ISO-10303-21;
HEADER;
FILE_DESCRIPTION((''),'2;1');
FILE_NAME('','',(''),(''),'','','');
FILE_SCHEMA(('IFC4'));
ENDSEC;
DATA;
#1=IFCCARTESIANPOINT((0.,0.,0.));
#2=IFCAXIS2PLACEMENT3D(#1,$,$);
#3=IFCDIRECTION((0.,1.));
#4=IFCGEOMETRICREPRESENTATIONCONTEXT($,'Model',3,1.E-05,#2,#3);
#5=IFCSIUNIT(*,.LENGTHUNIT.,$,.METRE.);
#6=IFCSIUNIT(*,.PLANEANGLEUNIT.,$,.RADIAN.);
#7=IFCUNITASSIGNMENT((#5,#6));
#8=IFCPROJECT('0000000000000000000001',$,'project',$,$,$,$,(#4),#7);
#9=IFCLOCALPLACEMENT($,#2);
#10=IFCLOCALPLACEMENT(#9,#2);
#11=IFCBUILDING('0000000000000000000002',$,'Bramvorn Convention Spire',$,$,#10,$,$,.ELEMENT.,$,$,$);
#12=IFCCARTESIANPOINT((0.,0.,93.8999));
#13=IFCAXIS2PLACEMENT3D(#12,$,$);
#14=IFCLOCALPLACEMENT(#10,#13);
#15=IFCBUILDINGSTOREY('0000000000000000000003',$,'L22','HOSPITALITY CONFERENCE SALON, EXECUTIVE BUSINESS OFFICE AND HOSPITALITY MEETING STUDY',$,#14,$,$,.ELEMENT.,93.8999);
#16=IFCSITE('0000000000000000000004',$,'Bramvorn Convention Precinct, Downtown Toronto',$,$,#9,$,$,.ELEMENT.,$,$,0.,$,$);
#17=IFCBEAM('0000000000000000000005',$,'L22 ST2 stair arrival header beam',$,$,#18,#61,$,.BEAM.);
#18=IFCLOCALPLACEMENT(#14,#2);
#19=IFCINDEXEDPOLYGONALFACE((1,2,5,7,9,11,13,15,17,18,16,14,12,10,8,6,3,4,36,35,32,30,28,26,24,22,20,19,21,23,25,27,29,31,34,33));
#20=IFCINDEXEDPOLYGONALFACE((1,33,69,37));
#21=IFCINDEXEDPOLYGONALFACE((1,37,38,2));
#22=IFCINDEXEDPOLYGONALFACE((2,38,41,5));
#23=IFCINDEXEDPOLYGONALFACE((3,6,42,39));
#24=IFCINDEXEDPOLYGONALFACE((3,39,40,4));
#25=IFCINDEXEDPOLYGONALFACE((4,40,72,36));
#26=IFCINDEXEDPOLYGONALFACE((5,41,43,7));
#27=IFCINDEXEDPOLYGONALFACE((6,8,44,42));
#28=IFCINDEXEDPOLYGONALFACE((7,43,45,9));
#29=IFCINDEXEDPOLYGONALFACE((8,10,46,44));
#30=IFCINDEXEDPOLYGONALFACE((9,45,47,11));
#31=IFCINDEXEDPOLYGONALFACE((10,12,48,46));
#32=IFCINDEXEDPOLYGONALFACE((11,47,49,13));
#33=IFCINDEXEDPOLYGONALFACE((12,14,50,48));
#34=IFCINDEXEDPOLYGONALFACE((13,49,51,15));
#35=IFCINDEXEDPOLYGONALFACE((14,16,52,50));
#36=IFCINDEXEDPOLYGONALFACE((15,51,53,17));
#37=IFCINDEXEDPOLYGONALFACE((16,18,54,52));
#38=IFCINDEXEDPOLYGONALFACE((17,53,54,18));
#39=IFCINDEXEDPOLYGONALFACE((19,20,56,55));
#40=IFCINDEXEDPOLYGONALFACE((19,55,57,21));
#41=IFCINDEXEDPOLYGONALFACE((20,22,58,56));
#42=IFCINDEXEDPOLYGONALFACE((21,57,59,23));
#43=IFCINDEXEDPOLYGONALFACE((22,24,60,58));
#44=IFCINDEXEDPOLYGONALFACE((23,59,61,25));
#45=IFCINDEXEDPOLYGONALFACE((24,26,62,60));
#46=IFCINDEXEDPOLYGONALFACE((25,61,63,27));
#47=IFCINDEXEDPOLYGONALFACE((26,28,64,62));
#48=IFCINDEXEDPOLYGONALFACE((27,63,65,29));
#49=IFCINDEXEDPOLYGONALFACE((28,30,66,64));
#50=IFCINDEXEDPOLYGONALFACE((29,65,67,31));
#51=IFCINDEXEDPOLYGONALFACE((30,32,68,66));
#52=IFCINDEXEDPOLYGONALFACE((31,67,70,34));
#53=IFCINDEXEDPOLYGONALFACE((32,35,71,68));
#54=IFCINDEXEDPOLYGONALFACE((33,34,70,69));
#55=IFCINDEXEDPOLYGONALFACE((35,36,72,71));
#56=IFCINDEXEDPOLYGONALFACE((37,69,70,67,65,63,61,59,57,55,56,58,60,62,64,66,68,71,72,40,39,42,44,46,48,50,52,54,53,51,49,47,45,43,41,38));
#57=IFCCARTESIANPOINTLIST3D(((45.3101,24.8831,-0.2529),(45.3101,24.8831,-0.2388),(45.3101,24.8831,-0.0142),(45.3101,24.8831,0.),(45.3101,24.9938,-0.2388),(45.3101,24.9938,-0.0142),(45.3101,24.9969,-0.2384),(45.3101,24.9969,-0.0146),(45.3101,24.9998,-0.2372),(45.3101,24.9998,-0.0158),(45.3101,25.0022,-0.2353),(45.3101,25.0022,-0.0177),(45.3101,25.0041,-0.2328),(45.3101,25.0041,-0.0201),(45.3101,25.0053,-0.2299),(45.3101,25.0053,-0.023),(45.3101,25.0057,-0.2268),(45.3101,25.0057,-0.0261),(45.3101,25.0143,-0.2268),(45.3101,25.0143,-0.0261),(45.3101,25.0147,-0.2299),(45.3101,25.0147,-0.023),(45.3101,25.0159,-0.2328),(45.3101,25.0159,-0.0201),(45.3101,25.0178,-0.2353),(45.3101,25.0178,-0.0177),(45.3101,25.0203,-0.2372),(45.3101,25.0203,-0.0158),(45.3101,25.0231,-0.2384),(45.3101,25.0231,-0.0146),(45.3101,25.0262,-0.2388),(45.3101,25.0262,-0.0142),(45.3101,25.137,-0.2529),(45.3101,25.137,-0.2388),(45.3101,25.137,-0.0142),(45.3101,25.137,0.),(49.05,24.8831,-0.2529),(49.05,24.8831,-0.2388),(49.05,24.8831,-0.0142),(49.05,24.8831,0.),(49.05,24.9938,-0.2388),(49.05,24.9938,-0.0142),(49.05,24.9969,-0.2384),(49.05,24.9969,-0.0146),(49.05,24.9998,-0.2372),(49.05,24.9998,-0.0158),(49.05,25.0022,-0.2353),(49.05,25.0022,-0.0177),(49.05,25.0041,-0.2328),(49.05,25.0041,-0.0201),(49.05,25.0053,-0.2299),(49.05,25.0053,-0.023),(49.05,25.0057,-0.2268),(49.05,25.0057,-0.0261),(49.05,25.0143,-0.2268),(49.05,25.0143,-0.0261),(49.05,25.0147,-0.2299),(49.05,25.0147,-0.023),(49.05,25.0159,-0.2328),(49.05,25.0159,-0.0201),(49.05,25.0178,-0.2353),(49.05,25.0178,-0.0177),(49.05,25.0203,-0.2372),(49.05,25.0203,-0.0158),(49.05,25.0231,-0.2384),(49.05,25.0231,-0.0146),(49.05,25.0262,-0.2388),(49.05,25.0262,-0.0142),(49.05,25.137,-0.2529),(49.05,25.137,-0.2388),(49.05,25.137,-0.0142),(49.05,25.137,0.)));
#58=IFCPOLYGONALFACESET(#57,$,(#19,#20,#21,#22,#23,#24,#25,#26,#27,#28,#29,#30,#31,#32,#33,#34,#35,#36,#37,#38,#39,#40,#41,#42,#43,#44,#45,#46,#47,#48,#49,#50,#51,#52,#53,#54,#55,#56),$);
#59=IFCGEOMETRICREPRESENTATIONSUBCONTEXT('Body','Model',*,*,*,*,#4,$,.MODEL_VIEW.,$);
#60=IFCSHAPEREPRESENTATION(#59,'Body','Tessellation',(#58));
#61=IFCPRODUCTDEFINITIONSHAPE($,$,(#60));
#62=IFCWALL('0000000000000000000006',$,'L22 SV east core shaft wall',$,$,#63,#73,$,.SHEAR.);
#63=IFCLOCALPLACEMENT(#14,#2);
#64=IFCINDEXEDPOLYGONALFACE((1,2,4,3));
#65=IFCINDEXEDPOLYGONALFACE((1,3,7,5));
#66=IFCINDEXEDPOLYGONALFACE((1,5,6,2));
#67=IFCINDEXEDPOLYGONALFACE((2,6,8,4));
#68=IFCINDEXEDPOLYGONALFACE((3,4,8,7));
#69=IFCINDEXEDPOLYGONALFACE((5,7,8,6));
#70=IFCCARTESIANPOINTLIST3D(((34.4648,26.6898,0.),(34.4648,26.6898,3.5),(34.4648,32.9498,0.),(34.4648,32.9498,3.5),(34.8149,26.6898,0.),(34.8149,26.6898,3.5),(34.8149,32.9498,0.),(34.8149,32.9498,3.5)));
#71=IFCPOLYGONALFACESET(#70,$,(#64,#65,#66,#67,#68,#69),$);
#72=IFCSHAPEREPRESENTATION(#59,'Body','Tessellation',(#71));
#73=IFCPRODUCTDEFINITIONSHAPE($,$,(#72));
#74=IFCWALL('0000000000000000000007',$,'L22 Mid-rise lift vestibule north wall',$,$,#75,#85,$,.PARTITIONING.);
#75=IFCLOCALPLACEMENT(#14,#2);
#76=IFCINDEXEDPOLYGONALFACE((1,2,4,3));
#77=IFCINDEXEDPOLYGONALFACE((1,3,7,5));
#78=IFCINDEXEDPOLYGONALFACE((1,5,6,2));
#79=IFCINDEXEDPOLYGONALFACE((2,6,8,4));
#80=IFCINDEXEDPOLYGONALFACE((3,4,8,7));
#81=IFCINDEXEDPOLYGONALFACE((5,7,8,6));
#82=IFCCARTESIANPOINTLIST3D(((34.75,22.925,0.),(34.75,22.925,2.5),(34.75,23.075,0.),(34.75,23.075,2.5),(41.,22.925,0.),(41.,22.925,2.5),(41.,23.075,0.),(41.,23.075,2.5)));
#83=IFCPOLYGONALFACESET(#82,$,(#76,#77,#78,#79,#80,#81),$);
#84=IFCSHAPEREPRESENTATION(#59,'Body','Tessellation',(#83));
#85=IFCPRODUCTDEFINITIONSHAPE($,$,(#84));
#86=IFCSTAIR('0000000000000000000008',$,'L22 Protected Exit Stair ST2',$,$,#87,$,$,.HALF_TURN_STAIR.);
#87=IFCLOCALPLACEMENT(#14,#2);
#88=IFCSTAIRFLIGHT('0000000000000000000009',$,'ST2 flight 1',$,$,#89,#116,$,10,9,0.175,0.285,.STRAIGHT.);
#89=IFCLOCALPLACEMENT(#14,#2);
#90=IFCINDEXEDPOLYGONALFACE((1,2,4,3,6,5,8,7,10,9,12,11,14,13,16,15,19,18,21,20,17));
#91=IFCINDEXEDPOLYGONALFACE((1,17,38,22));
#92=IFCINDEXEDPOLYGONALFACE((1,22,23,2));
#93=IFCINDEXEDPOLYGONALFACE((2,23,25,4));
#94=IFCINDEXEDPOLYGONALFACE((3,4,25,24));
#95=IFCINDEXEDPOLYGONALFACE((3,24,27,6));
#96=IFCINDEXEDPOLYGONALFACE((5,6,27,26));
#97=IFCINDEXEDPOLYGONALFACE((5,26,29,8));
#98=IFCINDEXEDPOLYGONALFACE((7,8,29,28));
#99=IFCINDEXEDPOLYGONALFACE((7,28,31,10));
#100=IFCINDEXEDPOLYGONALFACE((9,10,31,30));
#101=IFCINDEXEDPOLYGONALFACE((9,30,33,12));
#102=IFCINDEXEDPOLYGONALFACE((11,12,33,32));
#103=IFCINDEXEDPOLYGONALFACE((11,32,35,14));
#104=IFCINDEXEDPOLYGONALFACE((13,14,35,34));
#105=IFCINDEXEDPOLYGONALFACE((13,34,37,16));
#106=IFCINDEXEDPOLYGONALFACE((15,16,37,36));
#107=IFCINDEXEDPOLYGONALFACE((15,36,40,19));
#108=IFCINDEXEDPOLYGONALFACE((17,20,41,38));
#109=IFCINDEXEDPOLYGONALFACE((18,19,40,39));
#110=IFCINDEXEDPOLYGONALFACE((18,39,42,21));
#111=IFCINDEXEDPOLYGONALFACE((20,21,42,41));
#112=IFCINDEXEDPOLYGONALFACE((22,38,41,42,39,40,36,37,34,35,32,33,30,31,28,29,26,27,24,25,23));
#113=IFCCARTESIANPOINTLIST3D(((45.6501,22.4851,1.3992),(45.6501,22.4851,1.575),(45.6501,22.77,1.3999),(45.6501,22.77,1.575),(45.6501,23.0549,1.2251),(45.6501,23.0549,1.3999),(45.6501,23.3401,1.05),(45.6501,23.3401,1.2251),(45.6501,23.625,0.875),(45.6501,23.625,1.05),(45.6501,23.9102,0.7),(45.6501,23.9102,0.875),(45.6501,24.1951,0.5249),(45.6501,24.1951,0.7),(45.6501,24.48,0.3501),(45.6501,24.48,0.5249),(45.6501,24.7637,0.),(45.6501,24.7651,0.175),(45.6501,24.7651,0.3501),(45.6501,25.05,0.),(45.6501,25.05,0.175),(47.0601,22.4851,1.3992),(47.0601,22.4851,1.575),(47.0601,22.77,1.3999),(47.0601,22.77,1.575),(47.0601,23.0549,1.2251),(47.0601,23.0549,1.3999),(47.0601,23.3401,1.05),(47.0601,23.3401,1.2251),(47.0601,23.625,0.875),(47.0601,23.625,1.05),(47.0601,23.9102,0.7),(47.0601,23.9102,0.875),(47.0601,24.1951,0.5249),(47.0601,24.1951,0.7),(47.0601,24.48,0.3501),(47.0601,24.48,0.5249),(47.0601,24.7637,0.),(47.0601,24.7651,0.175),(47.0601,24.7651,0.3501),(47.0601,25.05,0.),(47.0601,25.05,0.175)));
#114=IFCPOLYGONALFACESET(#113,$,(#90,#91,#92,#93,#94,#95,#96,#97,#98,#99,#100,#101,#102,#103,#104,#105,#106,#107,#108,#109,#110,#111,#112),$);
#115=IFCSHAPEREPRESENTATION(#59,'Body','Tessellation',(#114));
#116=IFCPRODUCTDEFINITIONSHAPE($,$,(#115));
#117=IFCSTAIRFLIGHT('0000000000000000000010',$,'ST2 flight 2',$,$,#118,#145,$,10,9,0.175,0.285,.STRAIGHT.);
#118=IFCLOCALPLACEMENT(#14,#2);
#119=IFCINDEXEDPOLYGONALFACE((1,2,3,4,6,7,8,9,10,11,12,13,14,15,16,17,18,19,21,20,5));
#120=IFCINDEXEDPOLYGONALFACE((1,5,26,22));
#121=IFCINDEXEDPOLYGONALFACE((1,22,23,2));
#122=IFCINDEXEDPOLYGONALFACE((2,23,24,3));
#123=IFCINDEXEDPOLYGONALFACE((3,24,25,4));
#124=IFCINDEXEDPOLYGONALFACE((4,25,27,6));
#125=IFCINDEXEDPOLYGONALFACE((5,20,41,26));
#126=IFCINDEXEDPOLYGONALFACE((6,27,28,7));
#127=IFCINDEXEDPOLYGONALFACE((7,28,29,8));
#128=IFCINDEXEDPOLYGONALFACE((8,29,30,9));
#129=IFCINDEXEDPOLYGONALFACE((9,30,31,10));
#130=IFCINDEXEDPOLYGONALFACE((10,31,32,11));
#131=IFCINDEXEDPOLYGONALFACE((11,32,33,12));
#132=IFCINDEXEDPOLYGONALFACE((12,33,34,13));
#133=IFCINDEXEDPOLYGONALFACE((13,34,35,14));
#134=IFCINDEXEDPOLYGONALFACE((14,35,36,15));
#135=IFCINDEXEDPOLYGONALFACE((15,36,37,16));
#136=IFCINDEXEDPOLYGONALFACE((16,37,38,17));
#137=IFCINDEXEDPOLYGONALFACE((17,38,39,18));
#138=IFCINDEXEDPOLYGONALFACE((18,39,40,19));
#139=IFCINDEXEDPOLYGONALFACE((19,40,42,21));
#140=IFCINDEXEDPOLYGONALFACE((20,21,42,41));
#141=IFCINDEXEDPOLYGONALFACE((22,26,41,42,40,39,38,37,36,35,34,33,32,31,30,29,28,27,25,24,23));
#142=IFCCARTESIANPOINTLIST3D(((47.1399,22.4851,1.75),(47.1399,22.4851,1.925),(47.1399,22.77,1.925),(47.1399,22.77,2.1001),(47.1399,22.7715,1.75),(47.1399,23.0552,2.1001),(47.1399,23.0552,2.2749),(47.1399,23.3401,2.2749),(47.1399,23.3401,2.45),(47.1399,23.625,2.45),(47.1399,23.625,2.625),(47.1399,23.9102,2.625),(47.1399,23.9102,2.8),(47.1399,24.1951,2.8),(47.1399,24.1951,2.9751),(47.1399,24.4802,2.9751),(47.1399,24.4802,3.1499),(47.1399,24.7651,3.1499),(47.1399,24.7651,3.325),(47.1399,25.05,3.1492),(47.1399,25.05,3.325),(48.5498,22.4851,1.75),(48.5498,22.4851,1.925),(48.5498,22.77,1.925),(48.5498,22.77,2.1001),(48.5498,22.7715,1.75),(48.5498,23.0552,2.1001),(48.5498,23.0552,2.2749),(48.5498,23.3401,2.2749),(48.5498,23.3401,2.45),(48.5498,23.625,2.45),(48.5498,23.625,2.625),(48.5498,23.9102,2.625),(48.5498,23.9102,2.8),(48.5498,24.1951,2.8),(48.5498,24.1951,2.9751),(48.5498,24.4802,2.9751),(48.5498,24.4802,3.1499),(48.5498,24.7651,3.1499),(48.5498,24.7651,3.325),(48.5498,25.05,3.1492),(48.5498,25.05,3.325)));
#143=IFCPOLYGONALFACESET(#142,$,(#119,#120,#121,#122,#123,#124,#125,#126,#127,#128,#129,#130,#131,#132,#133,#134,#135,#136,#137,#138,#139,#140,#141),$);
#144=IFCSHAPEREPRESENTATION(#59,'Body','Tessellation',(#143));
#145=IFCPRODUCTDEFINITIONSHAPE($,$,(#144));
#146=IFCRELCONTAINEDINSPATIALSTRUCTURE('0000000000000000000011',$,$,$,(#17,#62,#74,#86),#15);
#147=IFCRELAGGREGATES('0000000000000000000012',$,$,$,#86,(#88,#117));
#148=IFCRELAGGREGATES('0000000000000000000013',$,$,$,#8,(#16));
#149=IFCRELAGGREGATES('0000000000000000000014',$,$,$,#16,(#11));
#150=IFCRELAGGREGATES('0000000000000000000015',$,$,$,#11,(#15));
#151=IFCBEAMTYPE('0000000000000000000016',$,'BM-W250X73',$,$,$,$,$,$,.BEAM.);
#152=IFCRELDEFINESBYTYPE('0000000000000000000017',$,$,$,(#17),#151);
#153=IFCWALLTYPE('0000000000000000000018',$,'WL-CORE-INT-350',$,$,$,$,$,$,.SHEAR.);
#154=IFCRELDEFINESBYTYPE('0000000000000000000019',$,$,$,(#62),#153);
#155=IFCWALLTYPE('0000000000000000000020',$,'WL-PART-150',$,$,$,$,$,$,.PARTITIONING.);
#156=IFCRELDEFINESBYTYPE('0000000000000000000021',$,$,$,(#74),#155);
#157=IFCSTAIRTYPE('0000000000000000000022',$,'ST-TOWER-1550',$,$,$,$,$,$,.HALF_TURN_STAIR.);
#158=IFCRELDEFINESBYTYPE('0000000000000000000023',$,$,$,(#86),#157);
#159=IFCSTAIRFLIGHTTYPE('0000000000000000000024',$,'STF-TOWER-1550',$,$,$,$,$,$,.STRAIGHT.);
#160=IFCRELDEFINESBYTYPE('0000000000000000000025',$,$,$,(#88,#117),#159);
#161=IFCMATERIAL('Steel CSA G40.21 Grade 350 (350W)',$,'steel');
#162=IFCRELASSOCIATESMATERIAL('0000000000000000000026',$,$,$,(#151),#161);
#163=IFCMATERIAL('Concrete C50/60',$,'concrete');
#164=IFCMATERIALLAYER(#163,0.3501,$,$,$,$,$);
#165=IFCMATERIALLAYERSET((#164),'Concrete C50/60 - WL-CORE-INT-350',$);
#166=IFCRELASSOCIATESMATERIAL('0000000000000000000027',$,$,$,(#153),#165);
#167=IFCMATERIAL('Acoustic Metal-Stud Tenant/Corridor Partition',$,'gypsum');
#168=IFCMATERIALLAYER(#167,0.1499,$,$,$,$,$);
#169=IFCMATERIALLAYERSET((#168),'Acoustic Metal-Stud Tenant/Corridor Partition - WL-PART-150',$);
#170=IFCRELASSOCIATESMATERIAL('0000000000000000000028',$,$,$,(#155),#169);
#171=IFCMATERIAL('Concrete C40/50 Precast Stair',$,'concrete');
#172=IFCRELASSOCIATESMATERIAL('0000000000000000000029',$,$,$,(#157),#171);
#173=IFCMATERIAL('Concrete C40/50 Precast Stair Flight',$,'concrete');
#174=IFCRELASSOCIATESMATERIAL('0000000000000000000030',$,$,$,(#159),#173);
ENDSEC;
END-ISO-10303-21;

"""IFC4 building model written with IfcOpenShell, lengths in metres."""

from ifc_helpers import new_model, si_unit, direction, frame, frame_2d, origin, origin_2d, place, context, subcontext, project, spatial, polyline, rectangle, i_section, outline, extrude, material, layer, layer_set, material_profile, profile_set, type_object, element, aggregate, save


model = new_model("IFC4")

# Units and contexts
model_context = context("Model", 3, precision=1e-05, world=origin(), true_north=direction((0.0, 1.0)))
body_context = subcontext(model_context, "Body", "Model", "MODEL_VIEW")
ifc_project = project(units=[si_unit("LENGTHUNIT", "METRE"), si_unit("PLANEANGLEUNIT", "RADIAN")], contexts=[model_context])

# Site, building, storey
site_placement = place(None, origin())
site = spatial("IfcSite", under=ifc_project, at=site_placement, Name="Bramvorn Convention Precinct, Downtown Toronto", CompositionType="ELEMENT", RefElevation=0.0)
building_placement = place(site_placement, origin())
building = spatial("IfcBuilding", under=site, at=building_placement, Name="Bramvorn Convention Spire", CompositionType="ELEMENT")
storey_placement = place(building_placement, frame((0.0, 0.0, 93.8999)))
storey = spatial("IfcBuildingStorey", under=building, at=storey_placement, Name="L22", Description="HOSPITALITY CONFERENCE SALON, EXECUTIVE BUSINESS OFFICE AND HOSPITALITY MEETING STUDY", CompositionType="ELEMENT", Elevation=93.8999)

# Beam
ifc_material_1 = material(Name="Steel CSA G40.21 Grade 350 (350W)", Category="steel")
ifc_material_profile = material_profile(ifc_material_1, i_section(OverallWidth=0.2539, OverallDepth=0.2529, WebThickness=0.0085, FlangeThickness=0.0142, FilletRadius=0.012, at=origin_2d()))
ifc_profile_set = profile_set([ifc_material_profile], Name="Steel CSA G40.21 Grade 350 (350W) - W250X73")
beam_type = type_object("IfcBeamType", Name="BM-W250X73", PredefinedType="BEAM", material=ifc_profile_set)
beam_placement = place(storey_placement, frame((45.3101, 25.01, -0.1265), z_axis=(1.0, 0.0, 0.0), x_axis=(0.0, 1.0, 0.0)))
element("IfcBeam", 1, at=beam_placement, inside=storey, type_object=beam_type, Name="L22 ST2 stair arrival header beam", PredefinedType="BEAM", context=body_context, shape_type="SweptSolid", body=[
    extrude(i_section(OverallWidth=0.2539, OverallDepth=0.2529, WebThickness=0.0085, FlangeThickness=0.0142, FilletRadius=0.012, at=origin_2d()), origin(), (0.0, 0.0, 1.0), 3.74),
])

# Walls
ifc_material_2 = material(Name="Concrete C50/60", Category="concrete")
ifc_layer_1 = layer(ifc_material_2, 0.3501)
ifc_layer_set_1 = layer_set([ifc_layer_1], Name="Concrete C50/60 - WL-CORE-INT-350")
wall_type_1 = type_object("IfcWallType", Name="WL-CORE-INT-350", PredefinedType="SHEAR", material=ifc_layer_set_1)
wall_1_placement = place(storey_placement, frame((34.6399, 26.6899, 0.0), z_axis=(0.0, 0.0, 1.0), x_axis=(0.0, 1.0, 0.0)))
element("IfcWall", 2, at=wall_1_placement, inside=storey, type_object=wall_type_1, Name="L22 SV east core shaft wall", PredefinedType="SHEAR", context=body_context, shape_type="SweptSolid", body=[
    extrude(rectangle(XDim=6.26, YDim=0.3501, at=frame_2d((3.1299, 0.0))), origin(), (0.0, 0.0, 1.0), 3.5),
])
ifc_material_3 = material(Name="Acoustic Metal-Stud Tenant/Corridor Partition", Category="gypsum")
ifc_layer_2 = layer(ifc_material_3, 0.1499)
ifc_layer_set_2 = layer_set([ifc_layer_2], Name="Acoustic Metal-Stud Tenant/Corridor Partition - WL-PART-150")
wall_type_2 = type_object("IfcWallType", Name="WL-PART-150", PredefinedType="PARTITIONING", material=ifc_layer_set_2)
wall_2_placement = place(storey_placement, frame((34.75, 23.0, 0.0), z_axis=(0.0, 0.0, 1.0), x_axis=(1.0, 0.0, 0.0)))
element("IfcWall", 3, at=wall_2_placement, inside=storey, type_object=wall_type_2, Name="L22 Mid-rise lift vestibule north wall", PredefinedType="PARTITIONING", context=body_context, shape_type="SweptSolid", body=[
    extrude(rectangle(XDim=6.25, YDim=0.1499, at=frame_2d((3.125, 0.0))), origin(), (0.0, 0.0, 1.0), 2.5),
])

# Stair, stair flights
ifc_material_4 = material(Name="Concrete C40/50 Precast Stair", Category="concrete")
stair_type = type_object("IfcStairType", Name="ST-TOWER-1550", PredefinedType="HALF_TURN_STAIR", material=ifc_material_4)
stair_placement = place(storey_placement, origin())
stair = element("IfcStair", 4, at=stair_placement, inside=storey, type_object=stair_type, Name="L22 Protected Exit Stair ST2", PredefinedType="HALF_TURN_STAIR")
ifc_material_5 = material(Name="Concrete C40/50 Precast Stair Flight", Category="concrete")
stair_flight_type = type_object("IfcStairFlightType", Name="STF-TOWER-1550", PredefinedType="STRAIGHT", material=ifc_material_5)
stair_flight_1_placement = place(storey_placement, frame((46.355, 25.05, 0.0), z_axis=(0.0, 0.0, 1.0), x_axis=(0.0, -1.0, 0.0)))
stair_flight_1 = element("IfcStairFlight", 5, at=stair_flight_1_placement, type_object=stair_flight_type, Name="ST2 flight 1", NumberOfRisers=10, NumberOfTreads=9, PredefinedType="STRAIGHT", RiserHeight=0.175, TreadLength=0.285, context=body_context, shape_type="SweptSolid", body=[
    extrude(outline(polyline([(0.0, 0.0), (0.0, 0.175), (0.2849, 0.175), (0.2849, 0.3501), (0.5701, 0.3501), (0.5701, 0.5249), (0.855, 0.5249), (0.855, 0.7), (1.1399, 0.7), (1.1399, 0.875), (1.425, 0.875), (1.425, 1.05), (1.71, 1.05), (1.71, 1.2251), (1.9951, 1.2251), (1.9951, 1.3999), (2.28, 1.3999), (2.28, 1.575), (2.5649, 1.575), (2.5649, 1.75), (2.5649, 1.3992), (0.2864, 0.0), (0.0, 0.0)])), frame((0.0, 0.7051, 0.0), z_axis=(0.0, -1.0, 0.0), x_axis=(1.0, 0.0, 0.0)), (0.0, 0.0, 1.0), 1.4099),
])
stair_flight_2_placement = place(storey_placement, frame((47.845, 22.4851, 1.75), z_axis=(0.0, 0.0, 1.0), x_axis=(0.0, 1.0, 0.0)))
stair_flight_2 = element("IfcStairFlight", 6, at=stair_flight_2_placement, type_object=stair_flight_type, Name="ST2 flight 2", NumberOfRisers=10, NumberOfTreads=9, PredefinedType="STRAIGHT", RiserHeight=0.175, TreadLength=0.285, context=body_context, shape_type="SweptSolid", body=[
    extrude(outline(polyline([(0.0, 0.0), (0.0, 0.175), (0.2849, 0.175), (0.2849, 0.3501), (0.5701, 0.3501), (0.5701, 0.5249), (0.855, 0.5249), (0.855, 0.7), (1.1399, 0.7), (1.1399, 0.875), (1.425, 0.875), (1.425, 1.05), (1.71, 1.05), (1.71, 1.2251), (1.9951, 1.2251), (1.9951, 1.3999), (2.28, 1.3999), (2.28, 1.575), (2.5649, 1.575), (2.5649, 1.75), (2.5649, 1.3992), (0.2864, 0.0), (0.0, 0.0)])), frame((0.0, 0.7051, 0.0), z_axis=(0.0, -1.0, 0.0), x_axis=(1.0, 0.0, 0.0)), (0.0, 0.0, 1.0), 1.4099),
])
aggregate(stair, [stair_flight_1, stair_flight_2])

save(model, "model.ifc")
